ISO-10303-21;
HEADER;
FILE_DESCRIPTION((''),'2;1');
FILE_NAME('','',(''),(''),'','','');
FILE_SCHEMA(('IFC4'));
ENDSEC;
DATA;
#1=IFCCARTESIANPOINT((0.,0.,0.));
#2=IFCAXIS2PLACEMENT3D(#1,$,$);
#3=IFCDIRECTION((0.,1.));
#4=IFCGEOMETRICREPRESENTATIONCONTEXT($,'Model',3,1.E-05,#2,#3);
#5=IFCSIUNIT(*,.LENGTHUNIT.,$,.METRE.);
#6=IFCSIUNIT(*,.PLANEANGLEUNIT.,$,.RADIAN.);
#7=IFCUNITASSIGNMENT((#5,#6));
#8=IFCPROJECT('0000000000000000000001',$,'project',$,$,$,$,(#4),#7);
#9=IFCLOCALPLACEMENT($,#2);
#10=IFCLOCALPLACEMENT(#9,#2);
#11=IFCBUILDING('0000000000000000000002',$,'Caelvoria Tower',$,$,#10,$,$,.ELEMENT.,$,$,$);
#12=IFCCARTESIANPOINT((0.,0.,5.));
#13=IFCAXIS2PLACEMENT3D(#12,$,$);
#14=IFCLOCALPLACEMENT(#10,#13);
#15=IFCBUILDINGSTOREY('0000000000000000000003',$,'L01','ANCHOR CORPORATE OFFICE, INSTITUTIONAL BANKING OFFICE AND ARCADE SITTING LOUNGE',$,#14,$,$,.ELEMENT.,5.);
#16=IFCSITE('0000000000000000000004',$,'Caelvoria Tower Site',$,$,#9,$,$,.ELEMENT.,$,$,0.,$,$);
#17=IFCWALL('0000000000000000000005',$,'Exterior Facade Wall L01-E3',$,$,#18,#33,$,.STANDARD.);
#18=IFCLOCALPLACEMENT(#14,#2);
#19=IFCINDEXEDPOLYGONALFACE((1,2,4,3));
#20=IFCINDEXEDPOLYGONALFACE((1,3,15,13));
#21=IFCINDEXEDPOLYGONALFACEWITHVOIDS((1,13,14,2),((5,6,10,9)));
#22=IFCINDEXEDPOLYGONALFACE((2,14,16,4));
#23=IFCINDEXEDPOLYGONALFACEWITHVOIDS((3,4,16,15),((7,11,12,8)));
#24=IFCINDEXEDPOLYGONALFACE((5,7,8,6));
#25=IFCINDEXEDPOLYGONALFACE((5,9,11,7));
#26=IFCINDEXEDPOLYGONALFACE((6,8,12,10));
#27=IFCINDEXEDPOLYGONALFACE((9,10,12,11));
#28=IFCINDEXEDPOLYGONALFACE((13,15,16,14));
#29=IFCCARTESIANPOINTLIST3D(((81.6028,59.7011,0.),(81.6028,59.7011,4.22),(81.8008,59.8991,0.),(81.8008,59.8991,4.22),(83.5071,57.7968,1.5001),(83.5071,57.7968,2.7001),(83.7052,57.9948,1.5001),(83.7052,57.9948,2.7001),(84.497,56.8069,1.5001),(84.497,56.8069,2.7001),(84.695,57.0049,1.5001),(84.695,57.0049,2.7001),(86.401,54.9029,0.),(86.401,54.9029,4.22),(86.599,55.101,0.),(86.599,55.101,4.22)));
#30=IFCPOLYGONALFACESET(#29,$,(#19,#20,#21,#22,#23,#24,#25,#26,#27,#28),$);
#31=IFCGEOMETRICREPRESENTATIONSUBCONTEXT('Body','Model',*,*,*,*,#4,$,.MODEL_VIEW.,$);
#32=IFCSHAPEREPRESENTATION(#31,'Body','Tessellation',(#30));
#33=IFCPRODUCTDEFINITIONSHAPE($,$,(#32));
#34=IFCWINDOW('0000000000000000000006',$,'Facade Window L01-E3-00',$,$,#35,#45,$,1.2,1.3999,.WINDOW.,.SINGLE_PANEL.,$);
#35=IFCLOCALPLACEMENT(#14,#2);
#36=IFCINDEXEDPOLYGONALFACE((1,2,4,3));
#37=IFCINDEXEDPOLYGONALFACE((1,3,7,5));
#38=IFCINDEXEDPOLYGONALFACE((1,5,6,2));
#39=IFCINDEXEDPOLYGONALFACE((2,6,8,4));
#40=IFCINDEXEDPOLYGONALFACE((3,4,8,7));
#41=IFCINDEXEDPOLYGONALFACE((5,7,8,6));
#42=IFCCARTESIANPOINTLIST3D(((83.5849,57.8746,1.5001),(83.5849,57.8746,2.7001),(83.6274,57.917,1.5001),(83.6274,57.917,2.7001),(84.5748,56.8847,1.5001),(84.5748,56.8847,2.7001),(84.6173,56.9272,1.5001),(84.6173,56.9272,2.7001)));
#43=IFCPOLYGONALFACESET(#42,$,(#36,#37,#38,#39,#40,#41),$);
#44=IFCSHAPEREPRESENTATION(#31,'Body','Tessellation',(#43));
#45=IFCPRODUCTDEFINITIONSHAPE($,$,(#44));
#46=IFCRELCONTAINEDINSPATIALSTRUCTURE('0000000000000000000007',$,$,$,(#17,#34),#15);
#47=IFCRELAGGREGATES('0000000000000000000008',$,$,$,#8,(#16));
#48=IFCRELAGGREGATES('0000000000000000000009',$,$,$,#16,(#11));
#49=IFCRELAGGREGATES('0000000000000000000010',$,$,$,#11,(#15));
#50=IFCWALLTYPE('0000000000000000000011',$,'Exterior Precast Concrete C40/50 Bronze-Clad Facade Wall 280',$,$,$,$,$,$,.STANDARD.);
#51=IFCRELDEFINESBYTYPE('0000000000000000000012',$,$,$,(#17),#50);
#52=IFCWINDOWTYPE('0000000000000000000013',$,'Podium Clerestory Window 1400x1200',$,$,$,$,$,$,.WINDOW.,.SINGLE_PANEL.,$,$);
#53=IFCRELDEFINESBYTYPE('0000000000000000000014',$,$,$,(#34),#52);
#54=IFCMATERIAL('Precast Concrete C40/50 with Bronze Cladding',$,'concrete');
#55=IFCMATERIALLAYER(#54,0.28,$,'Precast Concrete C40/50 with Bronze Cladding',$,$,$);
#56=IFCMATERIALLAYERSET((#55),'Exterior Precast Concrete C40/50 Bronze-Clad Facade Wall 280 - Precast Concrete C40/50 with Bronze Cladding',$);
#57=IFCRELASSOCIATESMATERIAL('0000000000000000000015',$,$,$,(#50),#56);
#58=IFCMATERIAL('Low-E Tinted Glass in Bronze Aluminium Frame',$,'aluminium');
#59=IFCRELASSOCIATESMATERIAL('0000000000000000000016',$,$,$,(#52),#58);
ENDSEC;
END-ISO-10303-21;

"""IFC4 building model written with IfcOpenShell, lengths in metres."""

from ifc_helpers import new_model, si_unit, direction, frame, frame_2d, origin, place, context, subcontext, project, spatial, rectangle, extrude, material, layer, layer_set, type_object, element, fill, save


model = new_model("IFC4")

# Units and contexts
model_context = context("Model", 3, precision=1e-05, world=origin(), true_north=direction((0.0, 1.0)))
body_context = subcontext(model_context, "Body", "Model", "MODEL_VIEW")
ifc_project = project(units=[si_unit("LENGTHUNIT", "METRE"), si_unit("PLANEANGLEUNIT", "RADIAN")], contexts=[model_context])

# Site, building, storey
site_placement = place(None, origin())
site = spatial("IfcSite", under=ifc_project, at=site_placement, Name="Caelvoria Tower Site", CompositionType="ELEMENT", RefElevation=0.0)
building_placement = place(site_placement, origin())
building = spatial("IfcBuilding", under=site, at=building_placement, Name="Caelvoria Tower", CompositionType="ELEMENT")
storey_placement = place(building_placement, frame((0.0, 0.0, 5.0)))
storey = spatial("IfcBuildingStorey", under=building, at=storey_placement, Name="L01", Description="ANCHOR CORPORATE OFFICE, INSTITUTIONAL BANKING OFFICE AND ARCADE SITTING LOUNGE", CompositionType="ELEMENT", Elevation=5.0)

# Wall, opening, window
ifc_material_1 = material(Name="Precast Concrete C40/50 with Bronze Cladding", Category="concrete")
ifc_layer = layer(ifc_material_1, 0.28, Name="Precast Concrete C40/50 with Bronze Cladding")
ifc_layer_set = layer_set([ifc_layer], Name="Exterior Precast Concrete C40/50 Bronze-Clad Facade Wall 280 - Precast Concrete C40/50 with Bronze Cladding")
wall_type = type_object("IfcWallType", Name="Exterior Precast Concrete C40/50 Bronze-Clad Facade Wall 280", PredefinedType="STANDARD", material=ifc_layer_set)
wall_1_placement = place(storey_placement, frame((86.5, 55.002, 0.0), z_axis=(0.0, 0.0, 1.0), x_axis=(-0.707107, 0.707107, 0.0)))
wall_1 = element("IfcWall", 1, at=wall_1_placement, inside=storey, type_object=wall_type, Name="Exterior Facade Wall L01-E3", PredefinedType="STANDARD", context=body_context, shape_type="SweptSolid", body=[
    extrude(rectangle(XDim=6.7856, YDim=0.28, at=frame_2d((3.3928, 0.0))), origin(), (0.0, 0.0, 1.0), 4.22),
])
opening_1_placement = place(wall_1_placement, frame((2.6926, 0.0, 1.5)))
opening_1 = element("IfcOpeningElement", 2, at=opening_1_placement, cuts=wall_1, PredefinedType="OPENING", context=body_context, shape_type="SweptSolid", body=[
    extrude(rectangle(XDim=1.3999, YDim=1.2, at=frame_2d((0.7, 0.6001))), frame((0.0, 0.1499, 0.0), z_axis=(0.0, -1.0, 0.0), x_axis=(1.0, 0.0, 0.0)), (0.0, 0.0, 1.0), 0.3),
])
ifc_material_2 = material(Name="Low-E Tinted Glass in Bronze Aluminium Frame", Category="aluminium")
window_type_1 = type_object("IfcWindowType", Name="Podium Clerestory Window 1400x1200", PartitioningType="SINGLE_PANEL", PredefinedType="WINDOW", material=ifc_material_2)
window_1_placement = place(opening_1_placement, origin())
window_1 = element("IfcWindow", 3, at=window_1_placement, inside=storey, type_object=window_type_1, Name="Facade Window L01-E3-00", OverallHeight=1.2, OverallWidth=1.3999, PartitioningType="SINGLE_PANEL", PredefinedType="WINDOW", context=body_context, shape_type="SweptSolid", body=[
    extrude(rectangle(XDim=1.3999, YDim=1.2, at=frame_2d((0.7, 0.6001))), frame((0.0, 0.03, 0.0), z_axis=(0.0, -1.0, 0.0), x_axis=(1.0, 0.0, 0.0)), (0.0, 0.0, 1.0), 0.0601),
])
fill(opening_1, window_1)

save(model, "model.ifc")
